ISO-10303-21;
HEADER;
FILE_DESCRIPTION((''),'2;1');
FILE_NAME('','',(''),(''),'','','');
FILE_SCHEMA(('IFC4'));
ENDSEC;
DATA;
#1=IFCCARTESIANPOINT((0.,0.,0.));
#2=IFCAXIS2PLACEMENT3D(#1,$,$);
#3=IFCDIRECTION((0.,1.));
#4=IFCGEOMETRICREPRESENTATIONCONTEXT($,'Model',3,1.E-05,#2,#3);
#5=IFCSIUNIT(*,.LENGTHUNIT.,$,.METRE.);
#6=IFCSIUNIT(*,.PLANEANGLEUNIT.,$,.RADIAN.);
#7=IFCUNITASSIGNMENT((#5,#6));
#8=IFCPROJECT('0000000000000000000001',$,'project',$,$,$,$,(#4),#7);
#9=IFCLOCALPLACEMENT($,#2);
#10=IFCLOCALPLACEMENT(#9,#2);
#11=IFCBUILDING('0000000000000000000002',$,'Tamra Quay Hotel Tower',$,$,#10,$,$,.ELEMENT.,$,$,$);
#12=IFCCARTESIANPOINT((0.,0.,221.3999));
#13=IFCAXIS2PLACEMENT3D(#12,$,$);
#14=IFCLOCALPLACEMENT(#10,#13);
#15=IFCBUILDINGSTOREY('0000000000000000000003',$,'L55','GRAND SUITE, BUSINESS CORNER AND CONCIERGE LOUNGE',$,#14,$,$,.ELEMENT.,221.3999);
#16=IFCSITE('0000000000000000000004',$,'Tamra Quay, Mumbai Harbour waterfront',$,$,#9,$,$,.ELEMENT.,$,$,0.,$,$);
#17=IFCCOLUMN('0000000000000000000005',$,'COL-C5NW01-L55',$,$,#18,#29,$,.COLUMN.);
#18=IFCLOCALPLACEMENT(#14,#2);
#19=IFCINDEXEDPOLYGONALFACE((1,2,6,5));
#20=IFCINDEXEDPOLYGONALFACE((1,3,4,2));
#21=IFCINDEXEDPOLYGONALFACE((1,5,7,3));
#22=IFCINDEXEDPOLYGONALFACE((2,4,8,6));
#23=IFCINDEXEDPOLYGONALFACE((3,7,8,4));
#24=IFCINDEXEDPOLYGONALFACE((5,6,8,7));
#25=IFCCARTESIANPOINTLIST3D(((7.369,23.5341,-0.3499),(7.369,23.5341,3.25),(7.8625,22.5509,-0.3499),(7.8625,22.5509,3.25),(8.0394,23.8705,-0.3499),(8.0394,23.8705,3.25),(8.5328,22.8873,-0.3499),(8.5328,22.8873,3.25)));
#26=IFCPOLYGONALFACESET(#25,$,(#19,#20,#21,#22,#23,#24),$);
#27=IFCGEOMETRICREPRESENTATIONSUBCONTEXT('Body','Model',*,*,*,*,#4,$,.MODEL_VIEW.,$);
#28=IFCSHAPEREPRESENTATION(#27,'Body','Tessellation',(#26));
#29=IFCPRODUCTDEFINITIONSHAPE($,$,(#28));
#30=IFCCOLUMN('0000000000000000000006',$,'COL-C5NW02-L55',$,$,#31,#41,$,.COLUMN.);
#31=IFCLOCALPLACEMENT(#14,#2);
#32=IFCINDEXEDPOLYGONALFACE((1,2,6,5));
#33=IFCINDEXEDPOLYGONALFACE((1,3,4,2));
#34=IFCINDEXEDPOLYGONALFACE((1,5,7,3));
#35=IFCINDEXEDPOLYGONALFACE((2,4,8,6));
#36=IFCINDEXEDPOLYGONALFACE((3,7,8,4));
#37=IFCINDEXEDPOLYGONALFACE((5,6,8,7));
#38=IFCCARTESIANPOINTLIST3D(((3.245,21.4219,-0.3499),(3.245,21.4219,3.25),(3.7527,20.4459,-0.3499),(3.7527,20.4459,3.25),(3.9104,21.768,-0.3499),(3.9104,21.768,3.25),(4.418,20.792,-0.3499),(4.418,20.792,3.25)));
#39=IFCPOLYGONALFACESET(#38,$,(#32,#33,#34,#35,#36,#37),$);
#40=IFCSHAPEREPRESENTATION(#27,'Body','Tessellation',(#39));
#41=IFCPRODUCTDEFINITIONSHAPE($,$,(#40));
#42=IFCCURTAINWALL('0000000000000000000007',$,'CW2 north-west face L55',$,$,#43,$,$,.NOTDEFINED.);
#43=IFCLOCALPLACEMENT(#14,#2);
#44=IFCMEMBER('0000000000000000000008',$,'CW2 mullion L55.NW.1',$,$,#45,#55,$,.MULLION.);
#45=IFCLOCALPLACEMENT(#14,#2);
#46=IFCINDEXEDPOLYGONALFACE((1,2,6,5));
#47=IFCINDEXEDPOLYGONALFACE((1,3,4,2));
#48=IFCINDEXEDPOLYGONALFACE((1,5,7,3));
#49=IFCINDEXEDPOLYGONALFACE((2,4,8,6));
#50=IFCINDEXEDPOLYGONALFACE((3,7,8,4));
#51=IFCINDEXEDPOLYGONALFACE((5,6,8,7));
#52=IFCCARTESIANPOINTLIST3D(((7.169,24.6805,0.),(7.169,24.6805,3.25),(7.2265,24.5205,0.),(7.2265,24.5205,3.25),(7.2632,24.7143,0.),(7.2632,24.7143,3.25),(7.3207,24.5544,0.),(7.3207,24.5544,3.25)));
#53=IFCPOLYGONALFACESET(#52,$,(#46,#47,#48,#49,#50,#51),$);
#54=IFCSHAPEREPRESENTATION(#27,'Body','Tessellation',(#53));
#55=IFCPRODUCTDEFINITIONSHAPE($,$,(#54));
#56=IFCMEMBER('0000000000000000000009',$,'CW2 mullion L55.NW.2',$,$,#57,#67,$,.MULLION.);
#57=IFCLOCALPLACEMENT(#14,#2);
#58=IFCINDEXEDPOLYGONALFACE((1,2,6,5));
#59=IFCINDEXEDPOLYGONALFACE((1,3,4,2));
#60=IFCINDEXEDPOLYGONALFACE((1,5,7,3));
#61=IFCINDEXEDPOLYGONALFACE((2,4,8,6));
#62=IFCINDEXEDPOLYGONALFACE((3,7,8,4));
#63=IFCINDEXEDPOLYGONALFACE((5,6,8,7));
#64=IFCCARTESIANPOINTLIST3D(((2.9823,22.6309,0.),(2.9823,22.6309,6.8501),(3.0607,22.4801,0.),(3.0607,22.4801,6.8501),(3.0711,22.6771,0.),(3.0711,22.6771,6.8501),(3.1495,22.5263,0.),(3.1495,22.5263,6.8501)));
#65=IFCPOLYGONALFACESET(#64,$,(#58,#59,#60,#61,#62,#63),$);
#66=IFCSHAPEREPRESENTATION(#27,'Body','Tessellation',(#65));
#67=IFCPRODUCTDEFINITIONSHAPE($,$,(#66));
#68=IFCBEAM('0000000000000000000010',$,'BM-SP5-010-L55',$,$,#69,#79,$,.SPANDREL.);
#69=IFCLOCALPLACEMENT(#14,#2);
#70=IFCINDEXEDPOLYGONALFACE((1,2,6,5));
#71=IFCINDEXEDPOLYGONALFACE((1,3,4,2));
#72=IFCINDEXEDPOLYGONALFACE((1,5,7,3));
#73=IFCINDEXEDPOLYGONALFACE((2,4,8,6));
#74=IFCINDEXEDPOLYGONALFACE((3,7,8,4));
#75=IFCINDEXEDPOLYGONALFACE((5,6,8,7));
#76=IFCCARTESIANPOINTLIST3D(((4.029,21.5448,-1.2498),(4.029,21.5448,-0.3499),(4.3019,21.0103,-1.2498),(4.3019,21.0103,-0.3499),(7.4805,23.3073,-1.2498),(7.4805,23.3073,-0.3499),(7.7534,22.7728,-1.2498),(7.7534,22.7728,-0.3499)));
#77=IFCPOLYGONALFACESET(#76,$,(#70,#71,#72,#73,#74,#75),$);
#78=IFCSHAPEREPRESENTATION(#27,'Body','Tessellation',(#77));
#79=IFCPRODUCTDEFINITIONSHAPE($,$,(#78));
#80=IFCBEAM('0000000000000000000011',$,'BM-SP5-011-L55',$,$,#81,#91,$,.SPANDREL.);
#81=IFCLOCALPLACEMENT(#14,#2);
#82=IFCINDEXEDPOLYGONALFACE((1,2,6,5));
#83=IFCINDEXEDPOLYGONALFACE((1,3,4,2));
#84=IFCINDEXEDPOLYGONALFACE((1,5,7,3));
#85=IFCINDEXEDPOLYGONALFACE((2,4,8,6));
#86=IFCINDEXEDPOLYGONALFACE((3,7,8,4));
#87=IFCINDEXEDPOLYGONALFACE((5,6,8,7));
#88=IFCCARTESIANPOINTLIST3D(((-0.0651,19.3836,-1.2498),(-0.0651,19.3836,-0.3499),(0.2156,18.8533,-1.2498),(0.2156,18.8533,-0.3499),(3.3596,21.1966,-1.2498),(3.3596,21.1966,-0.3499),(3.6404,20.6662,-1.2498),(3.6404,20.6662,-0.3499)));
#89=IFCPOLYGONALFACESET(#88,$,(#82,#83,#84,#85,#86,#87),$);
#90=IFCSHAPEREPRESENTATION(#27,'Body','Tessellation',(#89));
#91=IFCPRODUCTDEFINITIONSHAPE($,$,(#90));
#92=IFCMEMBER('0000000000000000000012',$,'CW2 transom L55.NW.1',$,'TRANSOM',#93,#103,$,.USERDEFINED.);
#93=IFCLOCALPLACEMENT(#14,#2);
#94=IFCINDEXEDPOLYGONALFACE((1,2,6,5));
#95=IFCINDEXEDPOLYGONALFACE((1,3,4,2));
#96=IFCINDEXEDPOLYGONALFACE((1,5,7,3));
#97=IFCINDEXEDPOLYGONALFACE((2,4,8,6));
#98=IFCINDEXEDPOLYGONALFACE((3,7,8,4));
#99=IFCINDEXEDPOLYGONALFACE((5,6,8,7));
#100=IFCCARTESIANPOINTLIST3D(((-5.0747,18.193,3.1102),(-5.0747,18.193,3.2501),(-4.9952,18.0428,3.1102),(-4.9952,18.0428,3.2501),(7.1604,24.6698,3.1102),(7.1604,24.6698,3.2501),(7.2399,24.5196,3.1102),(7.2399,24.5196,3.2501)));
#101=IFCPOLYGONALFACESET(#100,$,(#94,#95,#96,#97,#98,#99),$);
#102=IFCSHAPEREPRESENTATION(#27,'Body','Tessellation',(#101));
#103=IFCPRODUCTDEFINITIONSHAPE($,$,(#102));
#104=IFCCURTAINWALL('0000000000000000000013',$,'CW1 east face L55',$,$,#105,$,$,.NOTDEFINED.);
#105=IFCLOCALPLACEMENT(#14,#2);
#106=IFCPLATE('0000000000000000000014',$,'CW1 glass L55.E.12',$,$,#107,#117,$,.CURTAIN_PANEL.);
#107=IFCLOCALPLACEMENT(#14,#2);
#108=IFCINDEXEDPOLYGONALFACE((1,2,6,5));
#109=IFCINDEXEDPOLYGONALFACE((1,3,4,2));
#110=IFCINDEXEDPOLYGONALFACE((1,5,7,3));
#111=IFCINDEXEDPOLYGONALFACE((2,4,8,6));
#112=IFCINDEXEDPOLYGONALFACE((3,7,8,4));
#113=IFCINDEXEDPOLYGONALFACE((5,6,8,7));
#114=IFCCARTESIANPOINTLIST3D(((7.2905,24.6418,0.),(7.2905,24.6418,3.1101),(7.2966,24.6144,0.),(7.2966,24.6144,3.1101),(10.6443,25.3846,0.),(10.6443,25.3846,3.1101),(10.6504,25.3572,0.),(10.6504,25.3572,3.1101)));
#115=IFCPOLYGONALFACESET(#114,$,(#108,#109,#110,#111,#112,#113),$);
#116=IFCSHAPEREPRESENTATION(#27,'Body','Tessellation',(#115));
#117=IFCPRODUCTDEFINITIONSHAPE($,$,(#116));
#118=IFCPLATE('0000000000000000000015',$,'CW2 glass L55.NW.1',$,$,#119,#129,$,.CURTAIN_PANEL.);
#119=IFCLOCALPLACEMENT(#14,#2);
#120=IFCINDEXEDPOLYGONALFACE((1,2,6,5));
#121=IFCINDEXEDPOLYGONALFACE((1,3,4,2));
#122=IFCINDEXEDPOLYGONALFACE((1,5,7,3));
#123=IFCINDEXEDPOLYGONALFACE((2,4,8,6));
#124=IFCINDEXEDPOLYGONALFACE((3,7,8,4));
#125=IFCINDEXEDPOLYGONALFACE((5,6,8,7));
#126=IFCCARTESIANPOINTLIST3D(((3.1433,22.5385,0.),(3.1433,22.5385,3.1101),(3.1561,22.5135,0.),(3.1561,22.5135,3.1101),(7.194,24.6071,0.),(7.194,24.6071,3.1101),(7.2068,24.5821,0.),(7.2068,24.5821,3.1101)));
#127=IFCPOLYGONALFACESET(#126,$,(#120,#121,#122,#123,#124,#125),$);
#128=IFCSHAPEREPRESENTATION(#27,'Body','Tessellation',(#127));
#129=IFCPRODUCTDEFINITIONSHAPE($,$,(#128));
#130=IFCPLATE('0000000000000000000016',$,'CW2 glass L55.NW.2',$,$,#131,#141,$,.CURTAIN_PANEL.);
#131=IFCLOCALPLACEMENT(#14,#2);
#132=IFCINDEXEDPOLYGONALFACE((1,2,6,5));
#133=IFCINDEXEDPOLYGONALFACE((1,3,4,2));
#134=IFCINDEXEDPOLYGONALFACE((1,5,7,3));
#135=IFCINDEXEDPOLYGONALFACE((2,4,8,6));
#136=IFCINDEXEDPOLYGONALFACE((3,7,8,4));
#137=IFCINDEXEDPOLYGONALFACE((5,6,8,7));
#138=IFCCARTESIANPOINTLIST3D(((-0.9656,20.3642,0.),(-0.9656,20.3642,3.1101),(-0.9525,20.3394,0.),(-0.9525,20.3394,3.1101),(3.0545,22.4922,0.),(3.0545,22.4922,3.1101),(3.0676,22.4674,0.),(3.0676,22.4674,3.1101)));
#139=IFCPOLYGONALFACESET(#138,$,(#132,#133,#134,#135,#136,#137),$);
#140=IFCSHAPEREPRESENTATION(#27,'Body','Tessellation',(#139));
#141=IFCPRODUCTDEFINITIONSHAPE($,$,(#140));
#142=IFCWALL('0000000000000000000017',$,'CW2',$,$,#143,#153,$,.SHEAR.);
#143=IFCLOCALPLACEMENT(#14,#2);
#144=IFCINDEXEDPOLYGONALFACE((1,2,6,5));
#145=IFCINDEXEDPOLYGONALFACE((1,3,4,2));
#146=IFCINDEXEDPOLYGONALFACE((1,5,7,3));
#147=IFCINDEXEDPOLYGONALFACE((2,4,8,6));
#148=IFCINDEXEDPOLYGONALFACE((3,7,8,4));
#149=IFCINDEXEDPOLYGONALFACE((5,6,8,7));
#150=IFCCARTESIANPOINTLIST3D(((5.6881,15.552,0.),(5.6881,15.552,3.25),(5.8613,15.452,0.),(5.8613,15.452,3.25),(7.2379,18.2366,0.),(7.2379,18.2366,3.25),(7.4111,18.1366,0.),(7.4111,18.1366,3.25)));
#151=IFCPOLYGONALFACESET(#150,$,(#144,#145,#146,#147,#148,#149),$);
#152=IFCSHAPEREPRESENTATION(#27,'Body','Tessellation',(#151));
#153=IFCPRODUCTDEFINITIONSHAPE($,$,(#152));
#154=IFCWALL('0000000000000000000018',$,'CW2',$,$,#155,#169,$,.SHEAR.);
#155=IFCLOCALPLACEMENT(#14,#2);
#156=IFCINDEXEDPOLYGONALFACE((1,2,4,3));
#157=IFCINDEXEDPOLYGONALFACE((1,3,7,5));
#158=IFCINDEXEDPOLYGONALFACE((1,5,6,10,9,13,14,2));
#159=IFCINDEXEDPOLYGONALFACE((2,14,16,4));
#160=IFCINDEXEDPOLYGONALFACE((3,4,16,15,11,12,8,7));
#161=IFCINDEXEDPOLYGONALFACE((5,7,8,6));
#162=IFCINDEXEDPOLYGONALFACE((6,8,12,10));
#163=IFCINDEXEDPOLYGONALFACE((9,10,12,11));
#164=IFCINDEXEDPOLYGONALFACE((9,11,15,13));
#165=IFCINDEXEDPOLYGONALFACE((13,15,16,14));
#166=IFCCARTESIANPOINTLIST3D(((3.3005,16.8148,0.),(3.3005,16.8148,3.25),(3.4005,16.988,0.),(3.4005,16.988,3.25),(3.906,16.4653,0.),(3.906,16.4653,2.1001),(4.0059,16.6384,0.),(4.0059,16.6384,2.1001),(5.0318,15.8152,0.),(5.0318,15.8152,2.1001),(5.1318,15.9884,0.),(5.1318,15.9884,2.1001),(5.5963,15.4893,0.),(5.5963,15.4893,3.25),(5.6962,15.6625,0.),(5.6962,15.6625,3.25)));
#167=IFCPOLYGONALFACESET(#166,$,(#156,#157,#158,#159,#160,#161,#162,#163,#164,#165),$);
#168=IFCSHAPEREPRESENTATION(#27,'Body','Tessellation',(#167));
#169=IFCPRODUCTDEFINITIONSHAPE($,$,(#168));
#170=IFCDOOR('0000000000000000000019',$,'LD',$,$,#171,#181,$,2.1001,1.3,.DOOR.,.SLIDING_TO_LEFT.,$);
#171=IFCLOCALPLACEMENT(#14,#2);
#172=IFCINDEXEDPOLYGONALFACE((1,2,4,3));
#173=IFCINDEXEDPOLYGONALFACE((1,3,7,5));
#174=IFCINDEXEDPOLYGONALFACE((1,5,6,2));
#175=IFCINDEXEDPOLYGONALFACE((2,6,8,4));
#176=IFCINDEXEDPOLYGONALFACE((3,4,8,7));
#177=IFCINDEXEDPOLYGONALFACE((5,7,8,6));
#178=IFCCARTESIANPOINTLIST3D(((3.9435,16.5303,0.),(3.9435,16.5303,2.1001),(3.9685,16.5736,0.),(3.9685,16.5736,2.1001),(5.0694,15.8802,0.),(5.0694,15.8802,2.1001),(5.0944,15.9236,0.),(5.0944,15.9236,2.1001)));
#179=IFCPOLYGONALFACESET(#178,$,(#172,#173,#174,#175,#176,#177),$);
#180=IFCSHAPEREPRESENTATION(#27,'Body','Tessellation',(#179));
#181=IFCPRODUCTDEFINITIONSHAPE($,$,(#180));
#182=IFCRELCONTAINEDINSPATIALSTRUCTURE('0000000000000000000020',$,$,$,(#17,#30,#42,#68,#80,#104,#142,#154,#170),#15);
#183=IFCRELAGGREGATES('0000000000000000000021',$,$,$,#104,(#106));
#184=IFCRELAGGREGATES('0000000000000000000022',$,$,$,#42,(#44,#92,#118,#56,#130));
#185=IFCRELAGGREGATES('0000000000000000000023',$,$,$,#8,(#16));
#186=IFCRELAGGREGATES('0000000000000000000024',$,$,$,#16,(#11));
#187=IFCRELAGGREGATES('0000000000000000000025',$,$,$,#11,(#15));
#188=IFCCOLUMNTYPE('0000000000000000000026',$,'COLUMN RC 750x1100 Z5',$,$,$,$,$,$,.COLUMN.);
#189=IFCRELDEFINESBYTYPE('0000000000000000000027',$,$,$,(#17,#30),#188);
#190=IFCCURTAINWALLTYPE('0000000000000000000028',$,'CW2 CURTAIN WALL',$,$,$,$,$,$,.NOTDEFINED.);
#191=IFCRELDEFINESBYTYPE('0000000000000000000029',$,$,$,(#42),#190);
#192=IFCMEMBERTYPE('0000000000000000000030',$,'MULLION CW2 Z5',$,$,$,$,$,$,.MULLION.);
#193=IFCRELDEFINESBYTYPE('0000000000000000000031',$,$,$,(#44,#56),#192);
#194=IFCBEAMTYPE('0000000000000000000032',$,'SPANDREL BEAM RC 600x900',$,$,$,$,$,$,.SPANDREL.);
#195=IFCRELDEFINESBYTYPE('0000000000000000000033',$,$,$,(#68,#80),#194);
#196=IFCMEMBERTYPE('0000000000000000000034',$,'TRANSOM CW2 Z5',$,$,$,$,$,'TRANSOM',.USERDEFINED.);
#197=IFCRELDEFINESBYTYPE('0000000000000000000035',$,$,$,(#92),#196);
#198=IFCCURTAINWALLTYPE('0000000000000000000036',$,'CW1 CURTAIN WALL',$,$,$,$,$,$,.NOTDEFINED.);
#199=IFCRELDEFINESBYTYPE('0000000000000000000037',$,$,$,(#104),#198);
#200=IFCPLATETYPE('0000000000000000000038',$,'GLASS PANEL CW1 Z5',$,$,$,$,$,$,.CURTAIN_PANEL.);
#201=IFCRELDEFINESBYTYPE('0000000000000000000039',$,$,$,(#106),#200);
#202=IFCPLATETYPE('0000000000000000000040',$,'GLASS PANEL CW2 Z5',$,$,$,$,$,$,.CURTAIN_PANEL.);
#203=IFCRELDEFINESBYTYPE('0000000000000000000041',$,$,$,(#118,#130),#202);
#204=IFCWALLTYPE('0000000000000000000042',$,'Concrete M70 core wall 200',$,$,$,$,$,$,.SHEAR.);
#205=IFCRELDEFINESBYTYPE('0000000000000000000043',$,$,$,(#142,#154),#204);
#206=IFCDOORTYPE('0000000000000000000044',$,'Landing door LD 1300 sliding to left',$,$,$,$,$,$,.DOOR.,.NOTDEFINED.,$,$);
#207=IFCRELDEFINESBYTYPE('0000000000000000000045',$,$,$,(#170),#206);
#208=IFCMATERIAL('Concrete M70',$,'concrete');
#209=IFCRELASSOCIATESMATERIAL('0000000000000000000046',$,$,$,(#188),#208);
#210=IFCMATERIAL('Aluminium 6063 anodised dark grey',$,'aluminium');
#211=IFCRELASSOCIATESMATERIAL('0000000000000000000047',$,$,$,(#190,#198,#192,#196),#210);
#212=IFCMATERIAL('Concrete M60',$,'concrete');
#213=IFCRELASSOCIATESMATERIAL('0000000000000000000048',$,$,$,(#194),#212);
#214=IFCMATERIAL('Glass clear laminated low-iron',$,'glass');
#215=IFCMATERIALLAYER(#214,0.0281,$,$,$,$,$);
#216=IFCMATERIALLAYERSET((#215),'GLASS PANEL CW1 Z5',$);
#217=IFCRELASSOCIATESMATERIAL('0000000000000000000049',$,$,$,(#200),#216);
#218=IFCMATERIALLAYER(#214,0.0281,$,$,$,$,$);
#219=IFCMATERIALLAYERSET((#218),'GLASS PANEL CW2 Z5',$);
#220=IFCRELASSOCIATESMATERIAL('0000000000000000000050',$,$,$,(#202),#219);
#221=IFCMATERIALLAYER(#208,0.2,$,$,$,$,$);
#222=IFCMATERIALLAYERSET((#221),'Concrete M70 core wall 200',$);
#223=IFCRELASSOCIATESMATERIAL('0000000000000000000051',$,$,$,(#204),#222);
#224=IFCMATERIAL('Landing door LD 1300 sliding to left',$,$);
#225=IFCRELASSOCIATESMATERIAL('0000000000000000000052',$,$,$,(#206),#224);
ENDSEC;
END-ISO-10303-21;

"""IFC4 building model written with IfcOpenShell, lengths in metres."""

from ifc_helpers import new_model, si_unit, direction, frame, frame_2d, origin, origin_2d, place, context, subcontext, project, spatial, rectangle, extrude, material, layer, layer_set, material_profile, profile_set, type_object, element, fill, aggregate, save


model = new_model("IFC4")

# Units and contexts
model_context = context("Model", 3, precision=1e-05, world=origin(), true_north=direction((0.0, 1.0)))
body_context = subcontext(model_context, "Body", "Model", "MODEL_VIEW")
ifc_project = project(units=[si_unit("LENGTHUNIT", "METRE"), si_unit("PLANEANGLEUNIT", "RADIAN")], contexts=[model_context])

# Site, building, storey
site_placement = place(None, origin())
site = spatial("IfcSite", under=ifc_project, at=site_placement, Name="Tamra Quay, Mumbai Harbour waterfront", CompositionType="ELEMENT", RefElevation=0.0)
building_placement = place(site_placement, origin())
building = spatial("IfcBuilding", under=site, at=building_placement, Name="Tamra Quay Hotel Tower", CompositionType="ELEMENT")
storey_placement = place(building_placement, frame((0.0, 0.0, 221.3999)))
storey = spatial("IfcBuildingStorey", under=building, at=storey_placement, Name="L55", Description="GRAND SUITE, BUSINESS CORNER AND CONCIERGE LOUNGE", CompositionType="ELEMENT", Elevation=221.3999)

# Columns
ifc_material_1 = material(Name="Concrete M70", Category="concrete")
ifc_material_profile_1 = material_profile(ifc_material_1, rectangle(XDim=1.1001, YDim=0.75, at=origin_2d()), Name="COLUMN RC 750x1100 Z5")
ifc_profile_set_1 = profile_set([ifc_material_profile_1], Name="Concrete M70")
column_type = type_object("IfcColumnType", Name="COLUMN RC 750x1100 Z5", PredefinedType="COLUMN", material=ifc_profile_set_1)
for number, where, z_axis, x_axis, name in (
    (1, (7.9509, 23.2107, -0.3499), (0.0, 0.0, 1.0), (-0.448553, 0.893756, 0.0), "COL-C5NW01-L55"),
    (2, (3.8315, 21.1069, -0.3499), (0.0, 0.0, 1.0), (-0.461448, 0.887167, 0.0), "COL-C5NW02-L55"),
):
    element("IfcColumn", number, at=place(storey_placement, frame(where, z_axis=z_axis, x_axis=x_axis)), inside=storey, type_object=column_type, Name=name, PredefinedType="COLUMN", context=body_context, shape_type="SweptSolid", body=[
        extrude(rectangle(XDim=1.1001, YDim=0.75, at=origin_2d()), origin(), (0.0, 0.0, 1.0), 3.5999),
    ])

# Curtain wall, members
ifc_material_2 = material(Name="Aluminium 6063 anodised dark grey", Category="aluminium")
curtain_wall_type_1 = type_object("IfcCurtainWallType", Name="CW2 CURTAIN WALL", PredefinedType="NOTDEFINED", material=ifc_material_2)
curtain_wall_1_placement = place(storey_placement, origin())
curtain_wall_1 = element("IfcCurtainWall", 3, at=curtain_wall_1_placement, inside=storey, type_object=curtain_wall_type_1, Name="CW2 north-west face L55", PredefinedType="NOTDEFINED")
ifc_material_profile_2 = material_profile(ifc_material_2, rectangle(XDim=0.1699, YDim=0.1001, at=origin_2d()), Name="MULLION 100X170")
ifc_profile_set_2 = profile_set([ifc_material_profile_2], Name="Aluminium 6063 anodised dark grey")
member_type_1 = type_object("IfcMemberType", Name="MULLION CW2 Z5", PredefinedType="MULLION", material=ifc_profile_set_2)
member_1_placement = place(storey_placement, frame((7.2449, 24.6174, 0.0), z_axis=(0.0, 0.0, 1.0), x_axis=(-0.338259, 0.941053, 0.0)))
member_1 = element("IfcMember", 4, at=member_1_placement, type_object=member_type_1, Name="CW2 mullion L55.NW.1", PredefinedType="MULLION", context=body_context, shape_type="SweptSolid", body=[
    extrude(rectangle(XDim=0.1699, YDim=0.1001, at=origin_2d()), origin(), (0.0, 0.0, 1.0), 3.25),
])
member_2_placement = place(storey_placement, frame((3.0659, 22.5786, 0.0), z_axis=(0.0, 0.0, 1.0), x_axis=(-0.461344, 0.887221, 0.0)))
member_2 = element("IfcMember", 5, at=member_2_placement, type_object=member_type_1, Name="CW2 mullion L55.NW.2", PredefinedType="MULLION", context=body_context, shape_type="SweptSolid", body=[
    extrude(rectangle(XDim=0.1699, YDim=0.1001, at=origin_2d()), origin(), (0.0, 0.0, 1.0), 6.8501),
])

# Beams
ifc_material_3 = material(Name="Concrete M60", Category="concrete")
ifc_material_profile_3 = material_profile(ifc_material_3, rectangle(XDim=0.6001, YDim=0.8999, at=origin_2d()), Name="SPANDREL BEAM RC 600x900")
ifc_profile_set_3 = profile_set([ifc_material_profile_3], Name="Concrete M60")
beam_type = type_object("IfcBeamType", Name="SPANDREL BEAM RC 600x900", PredefinedType="SPANDREL", material=ifc_profile_set_3)
beam_1_placement = place(storey_placement, frame((7.6169, 23.04, -0.7998), z_axis=(-0.890603, -0.454782, 0.0), x_axis=(0.454782, -0.890603, 0.0)))
element("IfcBeam", 6, at=beam_1_placement, inside=storey, type_object=beam_type, Name="BM-SP5-010-L55", PredefinedType="SPANDREL", context=body_context, shape_type="SweptSolid", body=[
    extrude(rectangle(XDim=0.6001, YDim=0.8999, at=origin_2d()), origin(), (0.0, 0.0, 1.0), 3.8755),
])
beam_2_placement = place(storey_placement, frame((3.5, 20.9314, -0.7998), z_axis=(-0.883803, -0.467859, 0.0), x_axis=(0.467859, -0.883803, 0.0)))
element("IfcBeam", 7, at=beam_2_placement, inside=storey, type_object=beam_type, Name="BM-SP5-011-L55", PredefinedType="SPANDREL", context=body_context, shape_type="SweptSolid", body=[
    extrude(rectangle(XDim=0.6001, YDim=0.8999, at=origin_2d()), origin(), (0.0, 0.0, 1.0), 3.875),
])

# Member
ifc_material_profile_4 = material_profile(ifc_material_2, rectangle(XDim=0.1699, YDim=0.1399, at=origin_2d()), Name="TRANSOM 170X140")
ifc_profile_set_4 = profile_set([ifc_material_profile_4], Name="Aluminium 6063 anodised dark grey")
member_type_2 = type_object("IfcMemberType", Name="TRANSOM CW2 Z5", ElementType="TRANSOM", PredefinedType="USERDEFINED", material=ifc_profile_set_4)
member_3_placement = place(storey_placement, frame((7.2002, 24.5947, 3.1802), z_axis=(-0.883806, -0.467854, 0.0), x_axis=(0.467854, -0.883806, 0.0)))
member_3 = element("IfcMember", 8, at=member_3_placement, type_object=member_type_2, Name="CW2 transom L55.NW.1", ObjectType="TRANSOM", PredefinedType="USERDEFINED", context=body_context, shape_type="SweptSolid", body=[
    extrude(rectangle(XDim=0.1699, YDim=0.1399, at=origin_2d()), origin(), (0.0, 0.0, 1.0), 13.8438),
])

# Curtain wall, plate
curtain_wall_type_2 = type_object("IfcCurtainWallType", Name="CW1 CURTAIN WALL", PredefinedType="NOTDEFINED", material=ifc_material_2)
curtain_wall_2_placement = place(storey_placement, origin())
curtain_wall_2 = element("IfcCurtainWall", 9, at=curtain_wall_2_placement, inside=storey, type_object=curtain_wall_type_2, Name="CW1 east face L55", PredefinedType="NOTDEFINED")
ifc_material_4 = material(Name="Glass clear laminated low-iron", Category="glass")
ifc_layer_1 = layer(ifc_material_4, 0.0281)
ifc_layer_set_1 = layer_set([ifc_layer_1], Name="GLASS PANEL CW1 Z5")
plate_type_1 = type_object("IfcPlateType", Name="GLASS PANEL CW1 Z5", PredefinedType="CURTAIN_PANEL", material=ifc_layer_set_1)
plate_1_placement = place(storey_placement, frame((8.9705, 24.9995, 0.0), z_axis=(0.0, 0.0, 1.0), x_axis=(-0.976341, -0.216238, 0.0)))
plate_1 = element("IfcPlate", 10, at=plate_1_placement, type_object=plate_type_1, Name="CW1 glass L55.E.12", PredefinedType="CURTAIN_PANEL", context=body_context, shape_type="SweptSolid", body=[
    extrude(rectangle(XDim=3.4351, YDim=0.0281, at=origin_2d()), origin(), (0.0, 0.0, 1.0), 3.1101),
])
aggregate(curtain_wall_2, [plate_1])

# Plates
ifc_layer_2 = layer(ifc_material_4, 0.0281)
ifc_layer_set_2 = layer_set([ifc_layer_2], Name="GLASS PANEL CW2 Z5")
plate_type_2 = type_object("IfcPlateType", Name="GLASS PANEL CW2 Z5", PredefinedType="CURTAIN_PANEL", material=ifc_layer_set_2)
plate_2_placement = place(storey_placement, frame((5.175, 23.5603, 0.0), z_axis=(0.0, 0.0, 1.0), x_axis=(-0.890582, -0.454822, 0.0)))
plate_2 = element("IfcPlate", 11, at=plate_2_placement, type_object=plate_type_2, Name="CW2 glass L55.NW.1", PredefinedType="CURTAIN_PANEL", context=body_context, shape_type="SweptSolid", body=[
    extrude(rectangle(XDim=4.5483, YDim=0.0281, at=origin_2d()), origin(), (0.0, 0.0, 1.0), 3.1101),
])
plate_3_placement = place(storey_placement, frame((1.051, 21.4158, 0.0), z_axis=(0.0, 0.0, 1.0), x_axis=(-0.883813, -0.467841, 0.0)))
plate_3 = element("IfcPlate", 12, at=plate_3_placement, type_object=plate_type_2, Name="CW2 glass L55.NW.2", PredefinedType="CURTAIN_PANEL", context=body_context, shape_type="SweptSolid", body=[
    extrude(rectangle(XDim=4.5486, YDim=0.0281, at=origin_2d()), origin(), (0.0, 0.0, 1.0), 3.1101),
])
aggregate(curtain_wall_1, [member_1, member_3, plate_2, member_2, plate_3])

# Wall
ifc_layer_3 = layer(ifc_material_1, 0.2)
ifc_layer_set_3 = layer_set([ifc_layer_3], Name="Concrete M70 core wall 200")
wall_type_1 = type_object("IfcWallType", Name="Concrete M70 core wall 200", PredefinedType="SHEAR", material=ifc_layer_set_3)
wall_1_placement = place(storey_placement, frame((7.3245, 18.1865, 0.0), z_axis=(0.0, 0.0, 1.0), x_axis=(-0.499968, -0.866044, 0.0)))
element("IfcWall", 13, at=wall_1_placement, inside=storey, type_object=wall_type_1, Name="CW2", PredefinedType="SHEAR", context=body_context, shape_type="SweptSolid", body=[
    extrude(rectangle(XDim=3.0999, YDim=0.2, at=frame_2d((1.5498, 0.0))), origin(), (0.0, 0.0, 1.0), 3.25),
])

# Wall, opening, door
wall_2_placement = place(storey_placement, frame((5.6462, 15.5759, 0.0), z_axis=(0.0, 0.0, 1.0), x_axis=(-0.866018, 0.500012, 0.0)))
wall_2 = element("IfcWall", 14, at=wall_2_placement, inside=storey, type_object=wall_type_1, Name="CW2", PredefinedType="SHEAR", context=body_context, shape_type="SweptSolid", body=[
    extrude(rectangle(XDim=2.6509, YDim=0.2, at=frame_2d((1.3254, 0.0))), origin(), (0.0, 0.0, 1.0), 3.25),
])
opening_1_placement = place(wall_2_placement, frame((0.6519, 0.0, 0.0)))
opening_1 = element("IfcOpeningElement", 15, at=opening_1_placement, cuts=wall_2, PredefinedType="OPENING", context=body_context, shape_type="SweptSolid", body=[
    extrude(rectangle(XDim=1.3, YDim=2.1001, at=frame_2d((0.6499, 1.05))), frame((0.0, 0.1099, 0.0), z_axis=(0.0, -1.0, 0.0), x_axis=(1.0, 0.0, 0.0)), (0.0, 0.0, 1.0), 0.22),
])
ifc_material_5 = material(Name="Landing door LD 1300 sliding to left")
door_type_1 = type_object("IfcDoorType", Name="Landing door LD 1300 sliding to left", OperationType="NOTDEFINED", PredefinedType="DOOR", material=ifc_material_5)
door_1_placement = place(opening_1_placement, origin())
door_1 = element("IfcDoor", 16, at=door_1_placement, inside=storey, type_object=door_type_1, Name="LD", OperationType="SLIDING_TO_LEFT", OverallHeight=2.1001, OverallWidth=1.3, PredefinedType="DOOR", context=body_context, shape_type="SweptSolid", body=[
    extrude(rectangle(XDim=1.3, YDim=2.1001, at=frame_2d((0.6499, 1.05))), frame((0.0, 0.0249, 0.0), z_axis=(0.0, -1.0, 0.0), x_axis=(1.0, 0.0, 0.0)), (0.0, 0.0, 1.0), 0.05),
])
fill(opening_1, door_1)

save(model, "model.ifc")
